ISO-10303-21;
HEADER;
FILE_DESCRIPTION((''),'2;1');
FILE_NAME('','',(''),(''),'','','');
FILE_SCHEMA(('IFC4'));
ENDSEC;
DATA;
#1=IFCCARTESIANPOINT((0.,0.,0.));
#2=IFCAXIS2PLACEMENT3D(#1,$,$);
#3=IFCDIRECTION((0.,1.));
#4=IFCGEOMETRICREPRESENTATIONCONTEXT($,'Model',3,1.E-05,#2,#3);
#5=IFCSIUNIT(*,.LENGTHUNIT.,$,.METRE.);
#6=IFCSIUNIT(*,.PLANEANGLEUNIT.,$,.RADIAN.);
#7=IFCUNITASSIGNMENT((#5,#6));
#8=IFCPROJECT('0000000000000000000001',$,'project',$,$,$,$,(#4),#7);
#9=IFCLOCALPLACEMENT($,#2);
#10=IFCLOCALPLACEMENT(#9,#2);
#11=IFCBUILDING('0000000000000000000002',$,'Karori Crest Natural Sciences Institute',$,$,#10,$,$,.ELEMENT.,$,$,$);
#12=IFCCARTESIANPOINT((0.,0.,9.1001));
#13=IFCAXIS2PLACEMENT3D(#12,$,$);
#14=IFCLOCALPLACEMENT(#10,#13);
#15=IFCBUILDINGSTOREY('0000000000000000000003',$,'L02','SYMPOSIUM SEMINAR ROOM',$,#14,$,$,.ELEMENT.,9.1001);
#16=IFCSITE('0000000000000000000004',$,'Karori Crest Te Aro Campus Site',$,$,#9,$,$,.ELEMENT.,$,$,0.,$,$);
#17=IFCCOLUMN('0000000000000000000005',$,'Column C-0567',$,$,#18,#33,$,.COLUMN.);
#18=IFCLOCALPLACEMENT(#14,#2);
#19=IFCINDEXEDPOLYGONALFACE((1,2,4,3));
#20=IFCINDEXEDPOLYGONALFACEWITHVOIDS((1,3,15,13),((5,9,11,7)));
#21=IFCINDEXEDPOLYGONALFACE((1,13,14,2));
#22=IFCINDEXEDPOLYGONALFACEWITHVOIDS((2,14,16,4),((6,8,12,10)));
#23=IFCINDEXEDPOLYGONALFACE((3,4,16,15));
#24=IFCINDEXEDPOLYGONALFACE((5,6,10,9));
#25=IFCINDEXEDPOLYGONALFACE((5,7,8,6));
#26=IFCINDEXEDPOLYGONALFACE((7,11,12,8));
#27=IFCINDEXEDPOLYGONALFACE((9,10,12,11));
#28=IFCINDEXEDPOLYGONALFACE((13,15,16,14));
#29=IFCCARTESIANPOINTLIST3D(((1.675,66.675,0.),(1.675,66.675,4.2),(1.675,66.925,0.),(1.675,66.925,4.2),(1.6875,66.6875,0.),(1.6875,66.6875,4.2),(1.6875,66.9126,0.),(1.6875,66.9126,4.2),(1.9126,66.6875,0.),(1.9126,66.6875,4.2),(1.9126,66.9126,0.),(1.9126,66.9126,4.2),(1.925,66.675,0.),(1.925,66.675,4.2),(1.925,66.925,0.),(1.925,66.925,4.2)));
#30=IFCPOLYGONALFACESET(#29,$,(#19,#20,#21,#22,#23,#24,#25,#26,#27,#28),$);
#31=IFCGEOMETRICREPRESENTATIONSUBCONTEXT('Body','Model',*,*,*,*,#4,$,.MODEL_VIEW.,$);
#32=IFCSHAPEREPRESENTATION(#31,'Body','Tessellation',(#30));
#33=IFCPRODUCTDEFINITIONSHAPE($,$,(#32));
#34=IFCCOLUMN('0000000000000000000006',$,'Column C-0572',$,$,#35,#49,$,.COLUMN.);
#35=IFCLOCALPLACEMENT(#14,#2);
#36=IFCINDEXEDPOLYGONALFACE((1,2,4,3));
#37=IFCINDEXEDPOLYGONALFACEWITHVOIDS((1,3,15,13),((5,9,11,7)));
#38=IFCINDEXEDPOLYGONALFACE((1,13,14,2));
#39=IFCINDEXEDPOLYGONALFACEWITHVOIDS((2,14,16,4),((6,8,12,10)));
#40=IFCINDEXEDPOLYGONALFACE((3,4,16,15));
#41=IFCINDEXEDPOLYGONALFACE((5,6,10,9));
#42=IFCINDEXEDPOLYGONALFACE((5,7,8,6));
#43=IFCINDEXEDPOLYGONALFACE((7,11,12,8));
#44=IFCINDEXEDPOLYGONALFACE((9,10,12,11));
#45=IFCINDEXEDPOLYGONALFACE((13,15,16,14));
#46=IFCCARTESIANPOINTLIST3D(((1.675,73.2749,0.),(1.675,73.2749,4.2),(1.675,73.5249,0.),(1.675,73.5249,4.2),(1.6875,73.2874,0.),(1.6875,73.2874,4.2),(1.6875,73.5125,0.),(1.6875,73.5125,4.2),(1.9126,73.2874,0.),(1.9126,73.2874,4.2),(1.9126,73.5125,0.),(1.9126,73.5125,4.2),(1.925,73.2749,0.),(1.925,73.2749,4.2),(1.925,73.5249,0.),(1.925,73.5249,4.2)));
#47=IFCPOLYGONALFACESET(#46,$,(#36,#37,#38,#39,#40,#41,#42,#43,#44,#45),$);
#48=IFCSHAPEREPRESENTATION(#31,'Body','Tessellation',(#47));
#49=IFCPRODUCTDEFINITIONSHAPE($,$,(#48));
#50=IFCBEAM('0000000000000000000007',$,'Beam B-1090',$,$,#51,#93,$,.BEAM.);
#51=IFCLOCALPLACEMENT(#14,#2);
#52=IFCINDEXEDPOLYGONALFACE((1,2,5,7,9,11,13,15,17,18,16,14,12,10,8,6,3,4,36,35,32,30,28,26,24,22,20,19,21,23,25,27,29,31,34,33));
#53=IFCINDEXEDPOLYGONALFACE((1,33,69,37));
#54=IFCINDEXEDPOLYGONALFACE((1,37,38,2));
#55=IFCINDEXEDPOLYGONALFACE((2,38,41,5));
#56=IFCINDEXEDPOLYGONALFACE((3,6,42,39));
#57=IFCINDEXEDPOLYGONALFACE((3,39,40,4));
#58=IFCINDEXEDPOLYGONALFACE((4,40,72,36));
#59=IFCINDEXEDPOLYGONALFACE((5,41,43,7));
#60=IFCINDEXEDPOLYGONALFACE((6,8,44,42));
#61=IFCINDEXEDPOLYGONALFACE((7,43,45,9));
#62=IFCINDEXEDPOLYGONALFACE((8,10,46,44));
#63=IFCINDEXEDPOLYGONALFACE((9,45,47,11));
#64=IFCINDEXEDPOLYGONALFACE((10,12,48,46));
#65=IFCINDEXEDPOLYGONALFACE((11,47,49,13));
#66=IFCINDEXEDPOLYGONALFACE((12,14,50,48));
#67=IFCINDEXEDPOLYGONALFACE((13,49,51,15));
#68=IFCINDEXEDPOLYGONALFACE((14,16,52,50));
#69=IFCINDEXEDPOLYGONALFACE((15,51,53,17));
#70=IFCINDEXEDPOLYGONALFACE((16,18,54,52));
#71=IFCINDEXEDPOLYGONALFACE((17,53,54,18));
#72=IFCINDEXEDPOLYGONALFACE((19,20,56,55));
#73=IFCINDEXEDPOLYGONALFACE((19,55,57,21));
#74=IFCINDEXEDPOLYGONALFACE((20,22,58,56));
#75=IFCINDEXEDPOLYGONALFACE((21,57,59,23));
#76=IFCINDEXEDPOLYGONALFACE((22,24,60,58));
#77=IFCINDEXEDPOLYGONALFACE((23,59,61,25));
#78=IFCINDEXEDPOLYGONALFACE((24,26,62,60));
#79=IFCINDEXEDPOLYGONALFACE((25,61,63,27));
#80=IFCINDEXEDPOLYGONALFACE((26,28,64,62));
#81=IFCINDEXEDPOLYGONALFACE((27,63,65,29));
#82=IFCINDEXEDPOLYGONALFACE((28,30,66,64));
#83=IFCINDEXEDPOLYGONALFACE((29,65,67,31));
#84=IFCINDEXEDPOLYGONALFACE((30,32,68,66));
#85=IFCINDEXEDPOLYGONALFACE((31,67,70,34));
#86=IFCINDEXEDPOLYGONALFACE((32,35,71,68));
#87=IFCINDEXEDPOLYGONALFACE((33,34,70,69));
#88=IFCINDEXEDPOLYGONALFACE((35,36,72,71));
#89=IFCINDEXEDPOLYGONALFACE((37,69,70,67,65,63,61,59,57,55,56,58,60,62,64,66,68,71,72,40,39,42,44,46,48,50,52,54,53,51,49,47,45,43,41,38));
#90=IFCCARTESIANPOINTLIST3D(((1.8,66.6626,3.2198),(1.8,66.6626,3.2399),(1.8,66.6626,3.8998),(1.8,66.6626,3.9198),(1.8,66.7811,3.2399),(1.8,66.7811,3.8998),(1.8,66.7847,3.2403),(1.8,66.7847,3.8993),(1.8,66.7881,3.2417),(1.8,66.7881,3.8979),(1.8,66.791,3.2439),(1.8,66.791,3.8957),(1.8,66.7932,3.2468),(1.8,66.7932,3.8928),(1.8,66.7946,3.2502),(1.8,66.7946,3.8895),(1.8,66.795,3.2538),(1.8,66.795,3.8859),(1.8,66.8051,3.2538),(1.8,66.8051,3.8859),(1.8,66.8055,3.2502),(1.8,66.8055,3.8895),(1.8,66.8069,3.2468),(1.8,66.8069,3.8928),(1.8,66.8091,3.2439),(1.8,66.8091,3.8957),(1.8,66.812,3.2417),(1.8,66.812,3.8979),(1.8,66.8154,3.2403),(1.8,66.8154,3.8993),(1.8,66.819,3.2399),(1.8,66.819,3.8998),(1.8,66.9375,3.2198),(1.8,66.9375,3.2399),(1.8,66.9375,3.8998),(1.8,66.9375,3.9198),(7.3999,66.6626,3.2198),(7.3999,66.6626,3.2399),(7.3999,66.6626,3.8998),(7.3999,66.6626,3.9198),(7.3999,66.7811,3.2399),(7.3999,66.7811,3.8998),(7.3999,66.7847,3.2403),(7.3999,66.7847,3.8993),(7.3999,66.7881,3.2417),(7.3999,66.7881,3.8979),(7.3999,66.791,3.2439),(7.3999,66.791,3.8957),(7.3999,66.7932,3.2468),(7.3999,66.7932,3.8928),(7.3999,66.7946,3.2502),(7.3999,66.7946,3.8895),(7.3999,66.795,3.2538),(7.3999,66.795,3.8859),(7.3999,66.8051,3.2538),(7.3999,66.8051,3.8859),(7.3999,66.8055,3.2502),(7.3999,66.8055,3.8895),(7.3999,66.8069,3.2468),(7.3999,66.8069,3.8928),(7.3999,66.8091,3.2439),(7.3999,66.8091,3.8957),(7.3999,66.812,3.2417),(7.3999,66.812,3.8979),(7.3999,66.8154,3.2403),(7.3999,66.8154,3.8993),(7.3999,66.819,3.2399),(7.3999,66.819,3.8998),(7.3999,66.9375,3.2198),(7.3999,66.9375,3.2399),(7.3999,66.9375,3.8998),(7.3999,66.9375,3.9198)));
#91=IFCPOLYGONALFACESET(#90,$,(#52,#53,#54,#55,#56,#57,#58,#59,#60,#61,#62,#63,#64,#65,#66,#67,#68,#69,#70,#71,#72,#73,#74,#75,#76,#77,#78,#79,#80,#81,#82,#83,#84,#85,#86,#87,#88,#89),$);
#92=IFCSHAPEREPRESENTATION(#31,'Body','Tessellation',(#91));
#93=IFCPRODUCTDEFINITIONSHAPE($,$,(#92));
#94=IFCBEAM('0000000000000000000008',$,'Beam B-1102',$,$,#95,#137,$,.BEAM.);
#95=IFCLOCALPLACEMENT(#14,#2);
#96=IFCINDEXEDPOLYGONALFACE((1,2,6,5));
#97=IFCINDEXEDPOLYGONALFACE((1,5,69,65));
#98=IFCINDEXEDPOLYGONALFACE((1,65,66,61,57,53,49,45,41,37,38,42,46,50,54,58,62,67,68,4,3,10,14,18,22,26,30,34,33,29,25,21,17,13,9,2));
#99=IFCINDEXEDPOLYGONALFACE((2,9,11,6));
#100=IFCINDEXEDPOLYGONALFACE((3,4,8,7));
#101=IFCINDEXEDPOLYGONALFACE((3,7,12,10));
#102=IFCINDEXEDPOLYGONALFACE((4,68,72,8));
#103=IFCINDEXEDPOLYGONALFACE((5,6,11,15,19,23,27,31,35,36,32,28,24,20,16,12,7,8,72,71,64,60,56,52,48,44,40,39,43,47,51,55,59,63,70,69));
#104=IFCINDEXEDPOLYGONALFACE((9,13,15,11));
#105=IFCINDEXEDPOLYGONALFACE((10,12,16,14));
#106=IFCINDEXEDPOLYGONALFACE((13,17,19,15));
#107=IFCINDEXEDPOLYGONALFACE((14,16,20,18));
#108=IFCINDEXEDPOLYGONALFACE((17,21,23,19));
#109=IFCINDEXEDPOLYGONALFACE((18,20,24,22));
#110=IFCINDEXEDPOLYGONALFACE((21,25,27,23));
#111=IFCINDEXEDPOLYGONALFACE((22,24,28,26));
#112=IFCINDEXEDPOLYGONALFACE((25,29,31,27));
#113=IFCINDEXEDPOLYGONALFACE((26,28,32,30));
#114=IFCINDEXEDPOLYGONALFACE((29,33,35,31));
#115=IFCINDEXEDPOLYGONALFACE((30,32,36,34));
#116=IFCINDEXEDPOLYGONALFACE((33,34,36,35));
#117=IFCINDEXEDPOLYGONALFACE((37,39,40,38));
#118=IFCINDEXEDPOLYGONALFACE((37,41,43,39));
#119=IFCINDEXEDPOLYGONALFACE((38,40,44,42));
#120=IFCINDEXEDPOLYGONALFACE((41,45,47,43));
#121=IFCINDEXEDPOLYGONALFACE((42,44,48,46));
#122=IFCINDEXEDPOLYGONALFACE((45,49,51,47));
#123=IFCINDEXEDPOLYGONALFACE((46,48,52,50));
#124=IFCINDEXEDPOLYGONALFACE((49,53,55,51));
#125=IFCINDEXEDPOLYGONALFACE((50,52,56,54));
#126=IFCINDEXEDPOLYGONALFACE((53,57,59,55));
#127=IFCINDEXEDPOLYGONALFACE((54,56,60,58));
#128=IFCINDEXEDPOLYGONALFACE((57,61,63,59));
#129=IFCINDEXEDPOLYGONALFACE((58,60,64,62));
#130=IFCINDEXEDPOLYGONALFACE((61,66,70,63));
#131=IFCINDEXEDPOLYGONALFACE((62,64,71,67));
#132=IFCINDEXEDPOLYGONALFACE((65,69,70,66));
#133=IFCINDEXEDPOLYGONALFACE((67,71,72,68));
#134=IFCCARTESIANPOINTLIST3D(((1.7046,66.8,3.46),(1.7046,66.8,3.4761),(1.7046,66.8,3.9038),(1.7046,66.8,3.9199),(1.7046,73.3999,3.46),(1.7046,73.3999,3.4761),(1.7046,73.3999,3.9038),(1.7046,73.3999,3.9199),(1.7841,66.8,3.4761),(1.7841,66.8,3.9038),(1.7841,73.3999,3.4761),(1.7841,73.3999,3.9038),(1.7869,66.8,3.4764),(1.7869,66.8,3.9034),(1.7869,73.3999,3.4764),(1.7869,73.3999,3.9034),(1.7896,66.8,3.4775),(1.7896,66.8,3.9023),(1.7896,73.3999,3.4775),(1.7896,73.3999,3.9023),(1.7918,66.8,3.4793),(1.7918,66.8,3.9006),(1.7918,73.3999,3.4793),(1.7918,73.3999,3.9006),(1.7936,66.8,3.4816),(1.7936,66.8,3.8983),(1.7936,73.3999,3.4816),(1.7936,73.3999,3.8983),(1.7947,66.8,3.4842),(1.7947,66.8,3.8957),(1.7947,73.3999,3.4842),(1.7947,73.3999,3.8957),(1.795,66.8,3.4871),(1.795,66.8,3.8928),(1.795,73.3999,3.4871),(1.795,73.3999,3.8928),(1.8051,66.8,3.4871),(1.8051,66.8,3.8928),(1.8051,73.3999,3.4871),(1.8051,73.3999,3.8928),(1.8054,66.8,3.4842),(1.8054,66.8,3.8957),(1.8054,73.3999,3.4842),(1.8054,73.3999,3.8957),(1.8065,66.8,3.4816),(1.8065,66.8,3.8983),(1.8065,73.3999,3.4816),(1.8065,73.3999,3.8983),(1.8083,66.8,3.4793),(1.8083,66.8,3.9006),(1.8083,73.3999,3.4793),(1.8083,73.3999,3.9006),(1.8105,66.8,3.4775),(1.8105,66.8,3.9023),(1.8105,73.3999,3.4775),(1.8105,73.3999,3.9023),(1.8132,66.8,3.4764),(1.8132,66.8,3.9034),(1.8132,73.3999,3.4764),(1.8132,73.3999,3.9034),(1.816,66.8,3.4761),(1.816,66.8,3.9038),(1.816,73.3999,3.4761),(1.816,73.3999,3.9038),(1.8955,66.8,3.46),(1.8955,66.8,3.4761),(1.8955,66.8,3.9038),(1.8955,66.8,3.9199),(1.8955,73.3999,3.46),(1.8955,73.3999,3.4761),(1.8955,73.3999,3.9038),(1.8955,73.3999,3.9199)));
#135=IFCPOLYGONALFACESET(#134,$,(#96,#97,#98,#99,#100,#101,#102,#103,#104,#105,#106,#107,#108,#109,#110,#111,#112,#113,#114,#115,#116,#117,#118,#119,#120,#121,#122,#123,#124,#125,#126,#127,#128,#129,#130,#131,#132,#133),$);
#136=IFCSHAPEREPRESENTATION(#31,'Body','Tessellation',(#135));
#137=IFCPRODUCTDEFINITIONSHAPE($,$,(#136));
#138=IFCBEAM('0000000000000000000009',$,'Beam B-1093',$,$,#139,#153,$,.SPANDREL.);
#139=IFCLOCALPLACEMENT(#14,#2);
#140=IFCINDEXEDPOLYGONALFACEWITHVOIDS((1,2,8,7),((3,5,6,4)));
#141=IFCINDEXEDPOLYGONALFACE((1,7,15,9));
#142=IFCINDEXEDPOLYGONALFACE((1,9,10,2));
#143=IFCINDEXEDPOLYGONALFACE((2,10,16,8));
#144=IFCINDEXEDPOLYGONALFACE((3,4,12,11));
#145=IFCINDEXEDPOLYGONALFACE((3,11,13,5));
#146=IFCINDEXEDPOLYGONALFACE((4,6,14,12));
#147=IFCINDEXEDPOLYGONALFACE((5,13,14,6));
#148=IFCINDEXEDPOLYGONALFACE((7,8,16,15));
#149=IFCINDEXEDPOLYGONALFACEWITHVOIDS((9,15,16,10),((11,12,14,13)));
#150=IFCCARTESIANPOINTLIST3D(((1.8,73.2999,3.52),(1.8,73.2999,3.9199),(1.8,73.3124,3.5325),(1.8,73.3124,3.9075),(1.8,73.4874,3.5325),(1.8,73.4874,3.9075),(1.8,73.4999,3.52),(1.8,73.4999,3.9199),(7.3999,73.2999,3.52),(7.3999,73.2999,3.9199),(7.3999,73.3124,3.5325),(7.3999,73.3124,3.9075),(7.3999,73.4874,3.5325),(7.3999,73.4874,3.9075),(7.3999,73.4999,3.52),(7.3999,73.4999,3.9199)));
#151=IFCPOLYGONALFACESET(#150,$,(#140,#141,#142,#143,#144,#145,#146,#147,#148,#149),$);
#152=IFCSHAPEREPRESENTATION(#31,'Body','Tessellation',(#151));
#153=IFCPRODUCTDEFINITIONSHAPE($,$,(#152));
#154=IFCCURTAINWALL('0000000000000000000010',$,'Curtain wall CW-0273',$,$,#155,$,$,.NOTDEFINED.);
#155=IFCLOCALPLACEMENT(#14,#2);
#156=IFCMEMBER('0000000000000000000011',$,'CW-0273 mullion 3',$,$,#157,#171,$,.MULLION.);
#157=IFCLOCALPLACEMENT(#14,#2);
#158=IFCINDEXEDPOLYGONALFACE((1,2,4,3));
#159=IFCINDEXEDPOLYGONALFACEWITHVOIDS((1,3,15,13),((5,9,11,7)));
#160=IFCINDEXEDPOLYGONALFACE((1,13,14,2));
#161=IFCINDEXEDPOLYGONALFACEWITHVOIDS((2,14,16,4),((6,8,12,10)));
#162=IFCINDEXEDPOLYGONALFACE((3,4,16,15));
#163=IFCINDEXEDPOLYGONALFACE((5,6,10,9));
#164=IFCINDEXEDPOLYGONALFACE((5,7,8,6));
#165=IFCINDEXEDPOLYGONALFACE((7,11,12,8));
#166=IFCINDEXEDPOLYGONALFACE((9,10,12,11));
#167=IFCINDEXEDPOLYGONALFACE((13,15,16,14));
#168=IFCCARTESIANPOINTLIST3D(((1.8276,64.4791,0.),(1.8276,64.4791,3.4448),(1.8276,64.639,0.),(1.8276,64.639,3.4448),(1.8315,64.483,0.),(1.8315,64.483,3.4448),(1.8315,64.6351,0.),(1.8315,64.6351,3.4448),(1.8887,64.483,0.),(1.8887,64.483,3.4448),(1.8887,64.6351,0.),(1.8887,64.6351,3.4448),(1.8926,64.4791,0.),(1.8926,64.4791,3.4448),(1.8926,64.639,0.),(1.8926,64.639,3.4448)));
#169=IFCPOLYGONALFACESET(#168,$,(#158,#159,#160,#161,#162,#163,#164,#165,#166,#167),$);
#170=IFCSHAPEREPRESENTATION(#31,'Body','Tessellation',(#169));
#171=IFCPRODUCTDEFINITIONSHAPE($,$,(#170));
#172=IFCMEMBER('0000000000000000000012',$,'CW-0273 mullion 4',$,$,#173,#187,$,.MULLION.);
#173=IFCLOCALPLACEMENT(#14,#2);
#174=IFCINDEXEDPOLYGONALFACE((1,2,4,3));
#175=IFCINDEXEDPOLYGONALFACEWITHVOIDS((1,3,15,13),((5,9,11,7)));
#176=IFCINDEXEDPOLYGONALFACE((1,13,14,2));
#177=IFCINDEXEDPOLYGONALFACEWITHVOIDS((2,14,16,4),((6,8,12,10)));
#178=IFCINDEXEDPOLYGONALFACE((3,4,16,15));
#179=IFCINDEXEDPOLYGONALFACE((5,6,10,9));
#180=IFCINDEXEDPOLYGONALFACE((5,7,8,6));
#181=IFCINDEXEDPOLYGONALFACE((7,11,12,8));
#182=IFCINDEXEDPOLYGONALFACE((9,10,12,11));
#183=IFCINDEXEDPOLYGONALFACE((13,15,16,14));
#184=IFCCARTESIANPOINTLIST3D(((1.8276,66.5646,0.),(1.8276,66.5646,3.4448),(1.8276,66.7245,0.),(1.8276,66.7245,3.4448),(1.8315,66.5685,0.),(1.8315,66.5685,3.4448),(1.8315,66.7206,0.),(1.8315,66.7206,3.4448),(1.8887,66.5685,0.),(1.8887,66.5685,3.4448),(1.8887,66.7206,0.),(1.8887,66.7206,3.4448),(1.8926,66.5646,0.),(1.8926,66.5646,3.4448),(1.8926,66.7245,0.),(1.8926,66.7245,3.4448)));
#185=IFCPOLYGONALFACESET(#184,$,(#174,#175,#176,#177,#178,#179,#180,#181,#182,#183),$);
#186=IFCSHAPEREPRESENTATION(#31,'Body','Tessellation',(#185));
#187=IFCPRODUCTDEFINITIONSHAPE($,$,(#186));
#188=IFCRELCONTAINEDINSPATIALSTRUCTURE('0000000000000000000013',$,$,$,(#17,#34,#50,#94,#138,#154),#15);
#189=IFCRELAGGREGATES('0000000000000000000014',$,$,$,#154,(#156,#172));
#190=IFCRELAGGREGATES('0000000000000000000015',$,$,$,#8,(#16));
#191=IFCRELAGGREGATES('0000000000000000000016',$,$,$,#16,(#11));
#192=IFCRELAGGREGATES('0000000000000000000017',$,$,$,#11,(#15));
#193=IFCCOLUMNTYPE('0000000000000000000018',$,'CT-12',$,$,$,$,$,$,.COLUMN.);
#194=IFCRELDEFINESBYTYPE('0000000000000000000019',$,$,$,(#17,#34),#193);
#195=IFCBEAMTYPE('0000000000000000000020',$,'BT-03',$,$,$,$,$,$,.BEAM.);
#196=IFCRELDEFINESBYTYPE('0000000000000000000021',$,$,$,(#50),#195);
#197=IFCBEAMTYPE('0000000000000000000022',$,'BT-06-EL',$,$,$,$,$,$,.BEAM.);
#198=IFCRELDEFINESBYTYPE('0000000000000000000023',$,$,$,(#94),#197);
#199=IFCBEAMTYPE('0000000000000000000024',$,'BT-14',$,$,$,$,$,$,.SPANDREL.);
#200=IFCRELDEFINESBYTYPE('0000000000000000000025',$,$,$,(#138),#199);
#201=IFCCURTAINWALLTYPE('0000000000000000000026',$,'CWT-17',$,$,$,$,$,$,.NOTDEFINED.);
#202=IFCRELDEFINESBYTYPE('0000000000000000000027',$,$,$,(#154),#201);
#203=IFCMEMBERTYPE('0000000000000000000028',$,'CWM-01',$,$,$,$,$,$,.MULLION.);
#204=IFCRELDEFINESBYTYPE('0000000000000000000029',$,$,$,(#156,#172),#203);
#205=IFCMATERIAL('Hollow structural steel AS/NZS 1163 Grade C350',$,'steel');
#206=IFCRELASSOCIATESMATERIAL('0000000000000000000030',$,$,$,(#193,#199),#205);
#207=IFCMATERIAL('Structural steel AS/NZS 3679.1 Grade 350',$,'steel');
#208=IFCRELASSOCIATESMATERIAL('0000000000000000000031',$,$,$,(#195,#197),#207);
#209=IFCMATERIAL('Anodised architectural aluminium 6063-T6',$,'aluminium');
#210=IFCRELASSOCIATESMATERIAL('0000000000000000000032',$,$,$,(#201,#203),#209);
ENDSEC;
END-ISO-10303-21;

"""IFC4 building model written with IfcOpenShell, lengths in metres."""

from ifc_helpers import new_model, si_unit, direction, frame, origin, origin_2d, place, context, subcontext, project, spatial, hollow_rectangle, i_section, extrude, material, material_profile, profile_set, type_object, element, aggregate, save


model = new_model("IFC4")

# Units and contexts
model_context = context("Model", 3, precision=1e-05, world=origin(), true_north=direction((0.0, 1.0)))
body_context = subcontext(model_context, "Body", "Model", "MODEL_VIEW")
ifc_project = project(units=[si_unit("LENGTHUNIT", "METRE"), si_unit("PLANEANGLEUNIT", "RADIAN")], contexts=[model_context])

# Site, building, storey
site_placement = place(None, origin())
site = spatial("IfcSite", under=ifc_project, at=site_placement, Name="Karori Crest Te Aro Campus Site", CompositionType="ELEMENT", RefElevation=0.0)
building_placement = place(site_placement, origin())
building = spatial("IfcBuilding", under=site, at=building_placement, Name="Karori Crest Natural Sciences Institute", CompositionType="ELEMENT")
storey_placement = place(building_placement, frame((0.0, 0.0, 9.1001)))
storey = spatial("IfcBuildingStorey", under=building, at=storey_placement, Name="L02", Description="SYMPOSIUM SEMINAR ROOM", CompositionType="ELEMENT", Elevation=9.1001)

# Columns
ifc_material_1 = material(Name="Hollow structural steel AS/NZS 1163 Grade C350", Category="steel")
ifc_material_profile_1 = material_profile(ifc_material_1, hollow_rectangle(XDim=0.25, YDim=0.25, WallThickness=0.0125, at=origin_2d()), Name="SHS250x250x12.5")
ifc_profile_set_1 = profile_set([ifc_material_profile_1], Name="Hollow structural steel AS/NZS 1163 Grade C350")
column_type = type_object("IfcColumnType", Name="CT-12", PredefinedType="COLUMN", material=ifc_profile_set_1)
for number, where, z_axis, x_axis, name in (
    (1, (1.8, 66.8, 0.0), (0.0, 0.0, 1.0), (1.0, 0.0, 0.0), "Column C-0567"),
    (2, (1.8, 73.3999, 0.0), (0.0, 0.0, 1.0), (1.0, 0.0, 0.0), "Column C-0572"),
):
    element("IfcColumn", number, at=place(storey_placement, frame(where, z_axis=z_axis, x_axis=x_axis)), inside=storey, type_object=column_type, Name=name, PredefinedType="COLUMN", context=body_context, shape_type="SweptSolid", body=[
        extrude(hollow_rectangle(XDim=0.25, YDim=0.25, WallThickness=0.0125, at=origin_2d()), origin(), (0.0, 0.0, 1.0), 4.2),
    ])

# Beams
ifc_material_2 = material(Name="Structural steel AS/NZS 3679.1 Grade 350", Category="steel")
ifc_material_profile_2 = material_profile(ifc_material_2, i_section(OverallWidth=0.2749, OverallDepth=0.7, WebThickness=0.01, FlangeThickness=0.02, FilletRadius=0.0139, at=origin_2d()), Name="700WB150")
ifc_profile_set_2 = profile_set([ifc_material_profile_2], Name="Structural steel AS/NZS 3679.1 Grade 350")
beam_type_1 = type_object("IfcBeamType", Name="BT-03", PredefinedType="BEAM", material=ifc_profile_set_2)
beam_1_placement = place(storey_placement, frame((1.8, 66.8, 3.5698), z_axis=(1.0, 0.0, 0.0), x_axis=(0.0, 1.0, 0.0)))
element("IfcBeam", 3, at=beam_1_placement, inside=storey, type_object=beam_type_1, Name="Beam B-1090", PredefinedType="BEAM", context=body_context, shape_type="SweptSolid", body=[
    extrude(i_section(OverallWidth=0.2749, OverallDepth=0.7, WebThickness=0.01, FlangeThickness=0.02, FilletRadius=0.0139, at=origin_2d()), origin(), (0.0, 0.0, 1.0), 5.5999),
])
ifc_material_profile_3 = material_profile(ifc_material_2, i_section(OverallWidth=0.1909, OverallDepth=0.46, WebThickness=0.01, FlangeThickness=0.0161, FilletRadius=0.011, at=origin_2d()), Name="460UB82.1")
ifc_profile_set_3 = profile_set([ifc_material_profile_3], Name="Structural steel AS/NZS 3679.1 Grade 350")
beam_type_2 = type_object("IfcBeamType", Name="BT-06-EL", PredefinedType="BEAM", material=ifc_profile_set_3)
beam_2_placement = place(storey_placement, frame((1.8, 66.8, 3.6899), z_axis=(0.0, 1.0, 0.0), x_axis=(-1.0, 0.0, 0.0)))
element("IfcBeam", 4, at=beam_2_placement, inside=storey, type_object=beam_type_2, Name="Beam B-1102", PredefinedType="BEAM", context=body_context, shape_type="SweptSolid", body=[
    extrude(i_section(OverallWidth=0.1909, OverallDepth=0.46, WebThickness=0.01, FlangeThickness=0.0161, FilletRadius=0.011, at=origin_2d()), origin(), (0.0, 0.0, 1.0), 6.5999),
])
ifc_material_profile_4 = material_profile(ifc_material_1, hollow_rectangle(XDim=0.2, YDim=0.3999, WallThickness=0.0125, at=origin_2d()), Name="RHS400x200x12.5")
ifc_profile_set_4 = profile_set([ifc_material_profile_4], Name="Hollow structural steel AS/NZS 1163 Grade C350")
beam_type_3 = type_object("IfcBeamType", Name="BT-14", PredefinedType="SPANDREL", material=ifc_profile_set_4)
beam_3_placement = place(storey_placement, frame((1.8, 73.3999, 3.72), z_axis=(1.0, 0.0, 0.0), x_axis=(0.0, 1.0, 0.0)))
element("IfcBeam", 5, at=beam_3_placement, inside=storey, type_object=beam_type_3, Name="Beam B-1093", PredefinedType="SPANDREL", context=body_context, shape_type="SweptSolid", body=[
    extrude(hollow_rectangle(XDim=0.2, YDim=0.3999, WallThickness=0.0125, at=origin_2d()), origin(), (0.0, 0.0, 1.0), 5.5999),
])

# Curtain wall, members
ifc_material_3 = material(Name="Anodised architectural aluminium 6063-T6", Category="aluminium")
curtain_wall_type = type_object("IfcCurtainWallType", Name="CWT-17", PredefinedType="NOTDEFINED", material=ifc_material_3)
curtain_wall_1_placement = place(storey_placement, origin())
curtain_wall_1 = element("IfcCurtainWall", 6, at=curtain_wall_1_placement, inside=storey, type_object=curtain_wall_type, Name="Curtain wall CW-0273", PredefinedType="NOTDEFINED")
ifc_material_profile_5 = material_profile(ifc_material_3, hollow_rectangle(XDim=0.0649, YDim=0.1599, WallThickness=0.0039, at=origin_2d()), Name="CWM160x65x4")
ifc_profile_set_5 = profile_set([ifc_material_profile_5], Name="Anodised architectural aluminium 6063-T6")
member_type_1 = type_object("IfcMemberType", Name="CWM-01", PredefinedType="MULLION", material=ifc_profile_set_5)
member_1_placement = place(storey_placement, frame((1.8601, 64.5591, 0.0), z_axis=(0.0, 0.0, 1.0), x_axis=(-1.0, 0.0, 0.0)))
member_1 = element("IfcMember", 7, at=member_1_placement, type_object=member_type_1, Name="CW-0273 mullion 3", PredefinedType="MULLION", context=body_context, shape_type="SweptSolid", body=[
    extrude(hollow_rectangle(XDim=0.0649, YDim=0.1599, WallThickness=0.0039, at=origin_2d()), origin(), (0.0, 0.0, 1.0), 3.4448),
])
member_2_placement = place(storey_placement, frame((1.8601, 66.6445, 0.0), z_axis=(0.0, 0.0, 1.0), x_axis=(-1.0, 0.0, 0.0)))
member_2 = element("IfcMember", 8, at=member_2_placement, type_object=member_type_1, Name="CW-0273 mullion 4", PredefinedType="MULLION", context=body_context, shape_type="SweptSolid", body=[
    extrude(hollow_rectangle(XDim=0.0649, YDim=0.1599, WallThickness=0.0039, at=origin_2d()), origin(), (0.0, 0.0, 1.0), 3.4448),
])

aggregate(curtain_wall_1, [member_1, member_2])

save(model, "model.ifc")
